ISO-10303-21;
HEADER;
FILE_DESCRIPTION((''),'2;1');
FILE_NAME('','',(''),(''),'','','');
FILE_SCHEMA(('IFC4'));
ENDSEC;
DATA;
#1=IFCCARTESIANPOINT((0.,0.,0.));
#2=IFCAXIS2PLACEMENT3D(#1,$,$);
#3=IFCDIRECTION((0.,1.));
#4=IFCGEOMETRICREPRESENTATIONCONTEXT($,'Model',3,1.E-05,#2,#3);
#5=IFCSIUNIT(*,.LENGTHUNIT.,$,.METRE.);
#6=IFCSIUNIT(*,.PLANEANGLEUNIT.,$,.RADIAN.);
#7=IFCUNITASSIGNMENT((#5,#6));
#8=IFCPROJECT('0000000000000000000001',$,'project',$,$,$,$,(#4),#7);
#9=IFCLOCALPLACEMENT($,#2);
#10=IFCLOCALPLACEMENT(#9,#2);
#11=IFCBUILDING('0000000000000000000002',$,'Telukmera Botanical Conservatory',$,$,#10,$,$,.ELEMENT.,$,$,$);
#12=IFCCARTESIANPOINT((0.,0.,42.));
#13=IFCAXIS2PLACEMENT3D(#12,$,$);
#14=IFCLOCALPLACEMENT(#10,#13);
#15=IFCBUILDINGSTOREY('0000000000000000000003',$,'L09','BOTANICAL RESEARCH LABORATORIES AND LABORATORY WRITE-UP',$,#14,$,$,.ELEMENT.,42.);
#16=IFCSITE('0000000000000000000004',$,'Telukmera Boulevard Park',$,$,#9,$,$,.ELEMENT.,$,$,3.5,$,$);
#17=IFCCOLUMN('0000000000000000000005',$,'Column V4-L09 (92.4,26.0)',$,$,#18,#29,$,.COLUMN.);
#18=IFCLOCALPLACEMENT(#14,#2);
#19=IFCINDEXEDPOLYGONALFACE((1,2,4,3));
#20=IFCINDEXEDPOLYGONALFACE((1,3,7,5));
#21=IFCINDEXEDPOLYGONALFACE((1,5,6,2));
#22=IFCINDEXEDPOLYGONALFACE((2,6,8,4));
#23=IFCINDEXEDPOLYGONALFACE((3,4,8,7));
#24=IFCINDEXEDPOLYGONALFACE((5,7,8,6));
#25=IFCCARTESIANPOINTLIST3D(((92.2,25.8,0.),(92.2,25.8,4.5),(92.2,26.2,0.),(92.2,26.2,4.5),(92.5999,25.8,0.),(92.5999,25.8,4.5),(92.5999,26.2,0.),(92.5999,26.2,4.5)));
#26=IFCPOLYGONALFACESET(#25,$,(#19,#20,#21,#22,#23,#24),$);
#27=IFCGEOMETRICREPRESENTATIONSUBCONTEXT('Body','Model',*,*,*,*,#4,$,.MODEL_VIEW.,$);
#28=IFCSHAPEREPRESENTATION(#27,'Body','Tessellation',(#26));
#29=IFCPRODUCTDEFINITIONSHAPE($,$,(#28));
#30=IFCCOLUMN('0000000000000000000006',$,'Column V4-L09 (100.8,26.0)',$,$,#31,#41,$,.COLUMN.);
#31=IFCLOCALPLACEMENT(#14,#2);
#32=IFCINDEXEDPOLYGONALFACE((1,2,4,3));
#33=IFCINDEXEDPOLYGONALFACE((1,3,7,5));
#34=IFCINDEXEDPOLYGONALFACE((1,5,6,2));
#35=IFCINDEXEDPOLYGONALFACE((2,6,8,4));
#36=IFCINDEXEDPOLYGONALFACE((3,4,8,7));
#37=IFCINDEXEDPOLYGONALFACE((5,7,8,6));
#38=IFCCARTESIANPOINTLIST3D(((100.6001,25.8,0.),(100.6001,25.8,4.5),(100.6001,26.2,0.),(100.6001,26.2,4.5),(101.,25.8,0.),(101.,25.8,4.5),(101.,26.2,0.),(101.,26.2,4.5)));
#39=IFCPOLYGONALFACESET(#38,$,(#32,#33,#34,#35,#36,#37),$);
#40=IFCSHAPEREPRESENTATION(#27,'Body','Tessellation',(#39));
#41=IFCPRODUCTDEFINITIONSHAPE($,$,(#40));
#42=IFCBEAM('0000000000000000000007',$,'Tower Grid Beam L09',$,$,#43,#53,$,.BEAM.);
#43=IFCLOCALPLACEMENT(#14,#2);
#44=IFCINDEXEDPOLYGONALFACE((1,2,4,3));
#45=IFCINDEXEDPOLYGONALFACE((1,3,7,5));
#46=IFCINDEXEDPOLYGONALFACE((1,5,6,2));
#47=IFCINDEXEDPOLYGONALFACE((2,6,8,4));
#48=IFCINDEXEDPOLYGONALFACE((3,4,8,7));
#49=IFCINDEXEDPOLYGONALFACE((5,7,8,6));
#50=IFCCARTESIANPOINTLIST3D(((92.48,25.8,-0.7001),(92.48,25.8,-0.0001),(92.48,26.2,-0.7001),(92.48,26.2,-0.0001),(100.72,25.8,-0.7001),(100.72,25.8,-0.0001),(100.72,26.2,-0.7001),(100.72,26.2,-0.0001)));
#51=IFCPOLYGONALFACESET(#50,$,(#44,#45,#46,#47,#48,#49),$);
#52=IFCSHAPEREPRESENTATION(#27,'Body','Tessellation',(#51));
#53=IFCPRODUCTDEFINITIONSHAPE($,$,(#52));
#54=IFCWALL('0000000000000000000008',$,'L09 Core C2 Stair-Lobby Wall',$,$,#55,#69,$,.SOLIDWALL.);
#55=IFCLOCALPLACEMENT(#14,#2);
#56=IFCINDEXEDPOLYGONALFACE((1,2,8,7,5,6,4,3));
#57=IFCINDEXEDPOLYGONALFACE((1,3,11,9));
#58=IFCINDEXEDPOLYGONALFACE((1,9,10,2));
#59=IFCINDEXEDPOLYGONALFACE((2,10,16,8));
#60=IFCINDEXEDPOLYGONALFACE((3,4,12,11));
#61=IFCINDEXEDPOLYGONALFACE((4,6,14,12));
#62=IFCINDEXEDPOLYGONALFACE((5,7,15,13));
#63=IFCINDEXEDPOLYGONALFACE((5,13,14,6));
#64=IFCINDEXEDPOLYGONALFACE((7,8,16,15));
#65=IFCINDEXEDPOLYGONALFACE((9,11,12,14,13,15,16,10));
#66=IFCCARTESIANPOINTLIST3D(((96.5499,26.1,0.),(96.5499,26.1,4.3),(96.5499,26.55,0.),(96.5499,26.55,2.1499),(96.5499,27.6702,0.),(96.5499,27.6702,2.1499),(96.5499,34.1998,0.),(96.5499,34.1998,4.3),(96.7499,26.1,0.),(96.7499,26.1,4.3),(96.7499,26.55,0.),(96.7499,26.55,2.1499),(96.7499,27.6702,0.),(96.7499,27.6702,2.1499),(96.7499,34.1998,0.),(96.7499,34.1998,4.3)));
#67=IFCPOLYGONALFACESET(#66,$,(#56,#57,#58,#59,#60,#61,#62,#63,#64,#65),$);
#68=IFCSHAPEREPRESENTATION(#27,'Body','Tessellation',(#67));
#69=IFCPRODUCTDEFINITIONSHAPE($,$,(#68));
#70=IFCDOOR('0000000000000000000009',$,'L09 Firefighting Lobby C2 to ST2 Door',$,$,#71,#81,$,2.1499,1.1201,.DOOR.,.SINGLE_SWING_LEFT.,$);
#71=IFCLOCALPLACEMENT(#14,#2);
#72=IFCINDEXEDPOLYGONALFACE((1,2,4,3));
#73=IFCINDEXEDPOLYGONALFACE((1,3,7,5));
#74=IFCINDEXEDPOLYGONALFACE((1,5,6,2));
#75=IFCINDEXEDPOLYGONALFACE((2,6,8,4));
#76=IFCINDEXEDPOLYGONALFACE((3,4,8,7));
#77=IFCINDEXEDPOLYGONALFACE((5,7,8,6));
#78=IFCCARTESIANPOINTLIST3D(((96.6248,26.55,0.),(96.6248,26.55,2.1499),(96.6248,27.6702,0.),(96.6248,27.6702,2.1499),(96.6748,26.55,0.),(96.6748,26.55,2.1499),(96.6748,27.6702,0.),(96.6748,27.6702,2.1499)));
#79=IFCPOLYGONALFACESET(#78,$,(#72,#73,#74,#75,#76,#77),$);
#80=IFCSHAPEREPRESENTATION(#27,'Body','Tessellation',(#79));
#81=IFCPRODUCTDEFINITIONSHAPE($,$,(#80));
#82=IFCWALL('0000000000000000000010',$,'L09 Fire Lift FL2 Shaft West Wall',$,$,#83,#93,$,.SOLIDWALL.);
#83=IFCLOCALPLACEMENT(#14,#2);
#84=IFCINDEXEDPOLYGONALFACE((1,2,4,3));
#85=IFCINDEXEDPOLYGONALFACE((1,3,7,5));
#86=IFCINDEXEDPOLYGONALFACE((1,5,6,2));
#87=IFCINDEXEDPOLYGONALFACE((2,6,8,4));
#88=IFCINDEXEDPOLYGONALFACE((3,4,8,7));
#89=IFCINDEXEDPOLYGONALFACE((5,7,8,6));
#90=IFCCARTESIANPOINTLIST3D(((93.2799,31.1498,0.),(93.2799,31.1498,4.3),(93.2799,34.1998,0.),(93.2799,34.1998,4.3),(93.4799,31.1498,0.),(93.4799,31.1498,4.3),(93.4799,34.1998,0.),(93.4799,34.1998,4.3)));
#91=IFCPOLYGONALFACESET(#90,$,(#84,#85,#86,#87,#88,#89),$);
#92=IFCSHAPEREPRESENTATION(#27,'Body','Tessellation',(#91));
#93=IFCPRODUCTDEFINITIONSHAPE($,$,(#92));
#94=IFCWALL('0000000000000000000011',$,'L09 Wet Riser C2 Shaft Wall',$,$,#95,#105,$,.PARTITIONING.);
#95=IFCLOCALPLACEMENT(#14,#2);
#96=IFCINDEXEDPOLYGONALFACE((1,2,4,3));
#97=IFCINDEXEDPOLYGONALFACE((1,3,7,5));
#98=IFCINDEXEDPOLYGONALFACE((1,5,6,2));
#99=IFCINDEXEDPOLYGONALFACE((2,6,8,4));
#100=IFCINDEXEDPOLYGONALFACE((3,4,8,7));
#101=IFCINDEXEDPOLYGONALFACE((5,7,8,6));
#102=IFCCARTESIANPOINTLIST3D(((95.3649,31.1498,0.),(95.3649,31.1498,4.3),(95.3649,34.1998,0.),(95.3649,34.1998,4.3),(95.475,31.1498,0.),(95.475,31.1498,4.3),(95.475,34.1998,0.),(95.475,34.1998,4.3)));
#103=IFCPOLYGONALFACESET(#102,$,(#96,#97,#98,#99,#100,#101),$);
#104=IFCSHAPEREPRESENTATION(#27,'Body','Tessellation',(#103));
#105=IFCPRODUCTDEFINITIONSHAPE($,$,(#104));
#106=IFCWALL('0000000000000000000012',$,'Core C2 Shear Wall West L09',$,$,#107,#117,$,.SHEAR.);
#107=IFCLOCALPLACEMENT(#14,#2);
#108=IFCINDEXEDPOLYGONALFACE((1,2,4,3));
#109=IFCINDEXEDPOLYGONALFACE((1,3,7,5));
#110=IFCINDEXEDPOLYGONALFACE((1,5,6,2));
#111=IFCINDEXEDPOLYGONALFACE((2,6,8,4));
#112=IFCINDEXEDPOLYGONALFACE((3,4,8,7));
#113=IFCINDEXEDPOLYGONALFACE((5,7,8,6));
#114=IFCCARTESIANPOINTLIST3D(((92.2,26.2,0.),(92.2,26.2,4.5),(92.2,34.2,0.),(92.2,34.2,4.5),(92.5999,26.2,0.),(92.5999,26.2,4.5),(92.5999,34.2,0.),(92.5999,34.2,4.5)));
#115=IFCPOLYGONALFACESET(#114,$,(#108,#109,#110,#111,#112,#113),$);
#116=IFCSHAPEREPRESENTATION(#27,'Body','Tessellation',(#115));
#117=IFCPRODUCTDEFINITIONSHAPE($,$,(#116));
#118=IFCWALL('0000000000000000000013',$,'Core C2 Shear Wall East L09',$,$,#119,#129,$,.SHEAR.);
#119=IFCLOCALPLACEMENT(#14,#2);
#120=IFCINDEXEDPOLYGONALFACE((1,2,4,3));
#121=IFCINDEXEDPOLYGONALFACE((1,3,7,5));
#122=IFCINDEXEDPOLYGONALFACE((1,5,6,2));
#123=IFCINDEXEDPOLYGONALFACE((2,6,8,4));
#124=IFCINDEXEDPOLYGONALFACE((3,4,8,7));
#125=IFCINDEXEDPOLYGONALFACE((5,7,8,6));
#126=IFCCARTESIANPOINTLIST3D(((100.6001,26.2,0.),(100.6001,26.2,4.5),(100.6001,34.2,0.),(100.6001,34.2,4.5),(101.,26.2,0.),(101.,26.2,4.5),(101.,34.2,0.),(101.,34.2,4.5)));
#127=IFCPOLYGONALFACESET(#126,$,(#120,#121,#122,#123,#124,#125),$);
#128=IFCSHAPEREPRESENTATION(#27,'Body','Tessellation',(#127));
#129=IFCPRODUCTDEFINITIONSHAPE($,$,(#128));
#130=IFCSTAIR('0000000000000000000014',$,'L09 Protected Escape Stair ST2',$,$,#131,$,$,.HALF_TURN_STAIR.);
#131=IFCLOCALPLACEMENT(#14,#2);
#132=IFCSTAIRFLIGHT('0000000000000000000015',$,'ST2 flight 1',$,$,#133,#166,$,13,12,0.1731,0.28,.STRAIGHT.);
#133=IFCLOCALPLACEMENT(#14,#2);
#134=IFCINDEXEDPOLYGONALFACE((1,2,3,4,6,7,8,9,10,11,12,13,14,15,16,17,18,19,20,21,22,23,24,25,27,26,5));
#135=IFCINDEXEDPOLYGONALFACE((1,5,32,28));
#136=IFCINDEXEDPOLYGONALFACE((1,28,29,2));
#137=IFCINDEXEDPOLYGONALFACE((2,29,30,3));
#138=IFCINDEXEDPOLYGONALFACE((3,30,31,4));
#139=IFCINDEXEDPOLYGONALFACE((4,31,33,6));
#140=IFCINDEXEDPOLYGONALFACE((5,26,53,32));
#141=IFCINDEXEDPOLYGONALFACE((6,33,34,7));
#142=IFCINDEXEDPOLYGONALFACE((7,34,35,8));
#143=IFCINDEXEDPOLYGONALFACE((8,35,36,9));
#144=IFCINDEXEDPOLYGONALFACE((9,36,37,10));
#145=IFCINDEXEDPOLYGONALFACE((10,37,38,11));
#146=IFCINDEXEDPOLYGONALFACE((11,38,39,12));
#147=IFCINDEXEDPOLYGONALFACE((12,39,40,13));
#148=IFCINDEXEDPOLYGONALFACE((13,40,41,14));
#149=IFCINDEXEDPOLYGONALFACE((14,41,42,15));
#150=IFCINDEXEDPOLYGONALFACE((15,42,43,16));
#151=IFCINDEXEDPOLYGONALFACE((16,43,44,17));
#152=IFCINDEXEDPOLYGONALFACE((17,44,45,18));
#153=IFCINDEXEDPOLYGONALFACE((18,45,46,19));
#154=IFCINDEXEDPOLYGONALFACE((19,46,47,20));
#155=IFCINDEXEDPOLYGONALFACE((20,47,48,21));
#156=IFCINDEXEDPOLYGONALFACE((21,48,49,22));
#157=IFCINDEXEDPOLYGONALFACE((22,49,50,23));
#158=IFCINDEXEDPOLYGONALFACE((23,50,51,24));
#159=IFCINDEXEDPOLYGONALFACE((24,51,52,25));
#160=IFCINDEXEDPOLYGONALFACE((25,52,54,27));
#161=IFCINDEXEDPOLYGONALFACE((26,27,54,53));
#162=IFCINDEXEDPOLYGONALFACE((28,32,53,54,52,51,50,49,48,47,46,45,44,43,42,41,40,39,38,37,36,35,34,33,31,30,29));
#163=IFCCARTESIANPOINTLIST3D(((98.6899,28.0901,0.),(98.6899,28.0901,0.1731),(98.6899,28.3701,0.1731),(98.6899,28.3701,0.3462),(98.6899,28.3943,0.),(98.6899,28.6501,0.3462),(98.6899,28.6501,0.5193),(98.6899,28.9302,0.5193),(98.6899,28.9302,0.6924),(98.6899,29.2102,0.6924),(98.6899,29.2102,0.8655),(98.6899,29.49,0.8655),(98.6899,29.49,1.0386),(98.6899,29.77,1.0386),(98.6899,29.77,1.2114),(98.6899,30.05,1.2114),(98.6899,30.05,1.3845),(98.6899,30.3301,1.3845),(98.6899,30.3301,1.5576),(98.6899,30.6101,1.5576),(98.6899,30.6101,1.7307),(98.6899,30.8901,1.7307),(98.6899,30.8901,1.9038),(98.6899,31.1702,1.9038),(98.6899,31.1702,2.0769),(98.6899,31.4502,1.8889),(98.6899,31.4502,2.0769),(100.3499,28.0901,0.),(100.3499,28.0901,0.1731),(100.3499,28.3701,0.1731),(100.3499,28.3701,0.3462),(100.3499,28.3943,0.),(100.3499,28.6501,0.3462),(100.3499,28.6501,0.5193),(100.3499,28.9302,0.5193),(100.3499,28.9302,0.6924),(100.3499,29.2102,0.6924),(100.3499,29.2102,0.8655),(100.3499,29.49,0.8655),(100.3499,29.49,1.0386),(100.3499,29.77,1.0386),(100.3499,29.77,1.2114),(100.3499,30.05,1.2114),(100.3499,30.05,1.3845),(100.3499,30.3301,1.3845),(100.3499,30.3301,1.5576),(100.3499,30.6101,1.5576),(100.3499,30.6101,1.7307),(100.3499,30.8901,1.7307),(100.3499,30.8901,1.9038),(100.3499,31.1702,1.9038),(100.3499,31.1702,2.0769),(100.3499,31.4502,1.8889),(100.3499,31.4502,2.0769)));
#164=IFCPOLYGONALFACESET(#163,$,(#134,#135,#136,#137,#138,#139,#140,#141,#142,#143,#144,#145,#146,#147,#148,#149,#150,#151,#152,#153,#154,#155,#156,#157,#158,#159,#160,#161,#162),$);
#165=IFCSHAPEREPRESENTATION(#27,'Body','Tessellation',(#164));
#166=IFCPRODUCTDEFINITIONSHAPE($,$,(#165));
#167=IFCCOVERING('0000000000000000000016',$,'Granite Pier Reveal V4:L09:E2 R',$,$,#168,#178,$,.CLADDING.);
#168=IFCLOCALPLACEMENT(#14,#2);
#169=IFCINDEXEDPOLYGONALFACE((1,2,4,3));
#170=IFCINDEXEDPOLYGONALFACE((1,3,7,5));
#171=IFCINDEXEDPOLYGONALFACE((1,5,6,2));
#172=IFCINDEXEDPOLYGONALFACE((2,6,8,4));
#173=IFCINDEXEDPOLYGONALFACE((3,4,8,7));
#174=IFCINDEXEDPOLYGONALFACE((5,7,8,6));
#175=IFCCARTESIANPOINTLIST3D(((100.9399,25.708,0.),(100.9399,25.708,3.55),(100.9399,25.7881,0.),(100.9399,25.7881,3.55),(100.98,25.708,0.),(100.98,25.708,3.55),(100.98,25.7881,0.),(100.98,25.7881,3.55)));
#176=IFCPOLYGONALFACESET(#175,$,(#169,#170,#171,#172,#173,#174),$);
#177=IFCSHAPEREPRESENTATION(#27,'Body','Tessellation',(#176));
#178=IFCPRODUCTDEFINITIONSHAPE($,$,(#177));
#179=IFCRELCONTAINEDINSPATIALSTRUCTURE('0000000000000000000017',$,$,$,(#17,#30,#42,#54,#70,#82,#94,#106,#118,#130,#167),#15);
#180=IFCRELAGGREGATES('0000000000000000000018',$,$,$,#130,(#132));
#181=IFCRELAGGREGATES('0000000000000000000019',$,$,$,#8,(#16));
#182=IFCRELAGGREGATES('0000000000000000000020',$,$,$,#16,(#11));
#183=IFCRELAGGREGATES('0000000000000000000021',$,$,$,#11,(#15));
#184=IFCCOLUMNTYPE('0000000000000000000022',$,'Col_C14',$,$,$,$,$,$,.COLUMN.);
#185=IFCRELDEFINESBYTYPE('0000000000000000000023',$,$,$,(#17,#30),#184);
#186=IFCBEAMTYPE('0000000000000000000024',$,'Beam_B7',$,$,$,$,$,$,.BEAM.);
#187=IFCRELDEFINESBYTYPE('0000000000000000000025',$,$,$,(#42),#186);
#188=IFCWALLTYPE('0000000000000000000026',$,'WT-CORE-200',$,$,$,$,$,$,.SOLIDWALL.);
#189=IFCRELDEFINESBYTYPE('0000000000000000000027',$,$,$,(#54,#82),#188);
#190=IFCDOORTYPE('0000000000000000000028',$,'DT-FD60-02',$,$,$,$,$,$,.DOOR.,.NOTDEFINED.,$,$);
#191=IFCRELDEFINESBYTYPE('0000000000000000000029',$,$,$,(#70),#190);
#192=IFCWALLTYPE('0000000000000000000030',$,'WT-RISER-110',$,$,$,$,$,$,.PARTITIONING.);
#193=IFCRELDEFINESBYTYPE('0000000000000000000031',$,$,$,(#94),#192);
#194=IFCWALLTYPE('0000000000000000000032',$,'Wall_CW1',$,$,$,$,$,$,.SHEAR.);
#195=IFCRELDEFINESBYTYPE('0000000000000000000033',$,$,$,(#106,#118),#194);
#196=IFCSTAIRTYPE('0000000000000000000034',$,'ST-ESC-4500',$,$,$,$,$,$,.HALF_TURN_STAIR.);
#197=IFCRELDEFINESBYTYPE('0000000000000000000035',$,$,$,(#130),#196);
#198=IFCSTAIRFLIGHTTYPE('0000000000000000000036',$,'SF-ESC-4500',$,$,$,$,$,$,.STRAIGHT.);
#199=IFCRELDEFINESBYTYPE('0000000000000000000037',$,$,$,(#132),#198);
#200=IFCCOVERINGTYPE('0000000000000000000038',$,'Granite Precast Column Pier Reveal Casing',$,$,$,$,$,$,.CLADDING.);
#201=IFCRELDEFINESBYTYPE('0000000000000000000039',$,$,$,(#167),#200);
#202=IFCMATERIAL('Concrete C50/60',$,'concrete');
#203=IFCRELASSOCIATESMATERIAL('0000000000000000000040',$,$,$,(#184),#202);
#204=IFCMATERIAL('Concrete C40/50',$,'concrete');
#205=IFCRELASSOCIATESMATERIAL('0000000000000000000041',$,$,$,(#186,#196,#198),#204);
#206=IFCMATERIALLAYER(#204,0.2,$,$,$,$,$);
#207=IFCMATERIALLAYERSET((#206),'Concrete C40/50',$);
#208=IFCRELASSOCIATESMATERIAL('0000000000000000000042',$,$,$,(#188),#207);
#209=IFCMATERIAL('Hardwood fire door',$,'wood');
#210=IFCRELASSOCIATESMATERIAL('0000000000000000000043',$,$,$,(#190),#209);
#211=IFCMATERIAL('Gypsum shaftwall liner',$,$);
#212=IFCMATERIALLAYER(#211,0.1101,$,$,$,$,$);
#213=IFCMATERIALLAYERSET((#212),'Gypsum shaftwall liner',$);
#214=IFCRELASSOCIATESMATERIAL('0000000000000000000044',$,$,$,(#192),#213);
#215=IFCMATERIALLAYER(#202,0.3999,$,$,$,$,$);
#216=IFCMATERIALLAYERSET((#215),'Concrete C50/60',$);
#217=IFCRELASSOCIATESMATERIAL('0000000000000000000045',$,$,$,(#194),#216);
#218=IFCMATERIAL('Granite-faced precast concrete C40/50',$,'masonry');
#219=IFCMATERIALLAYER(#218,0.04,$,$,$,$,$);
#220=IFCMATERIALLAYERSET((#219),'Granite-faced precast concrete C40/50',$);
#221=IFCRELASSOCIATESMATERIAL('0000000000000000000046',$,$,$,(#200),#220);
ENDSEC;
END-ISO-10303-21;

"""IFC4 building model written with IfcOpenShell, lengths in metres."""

from ifc_helpers import new_model, si_unit, direction, frame, frame_2d, origin, origin_2d, place, context, subcontext, project, spatial, polyline, rectangle, outline, extrude, material, layer, layer_set, material_profile, profile_set, type_object, element, fill, aggregate, save


model = new_model("IFC4")

# Units and contexts
model_context = context("Model", 3, precision=1e-05, world=origin(), true_north=direction((0.0, 1.0)))
body_context = subcontext(model_context, "Body", "Model", "MODEL_VIEW")
ifc_project = project(units=[si_unit("LENGTHUNIT", "METRE"), si_unit("PLANEANGLEUNIT", "RADIAN")], contexts=[model_context])

# Site, building, storey
site_placement = place(None, origin())
site = spatial("IfcSite", under=ifc_project, at=site_placement, Name="Telukmera Boulevard Park", CompositionType="ELEMENT", RefElevation=3.5)
building_placement = place(site_placement, origin())
building = spatial("IfcBuilding", under=site, at=building_placement, Name="Telukmera Botanical Conservatory", CompositionType="ELEMENT")
storey_placement = place(building_placement, frame((0.0, 0.0, 42.0)))
storey = spatial("IfcBuildingStorey", under=building, at=storey_placement, Name="L09", Description="BOTANICAL RESEARCH LABORATORIES AND LABORATORY WRITE-UP", CompositionType="ELEMENT", Elevation=42.0)

# Columns
ifc_material_1 = material(Name="Concrete C50/60", Category="concrete")
ifc_material_profile_1 = material_profile(ifc_material_1, rectangle(XDim=0.3999, YDim=0.3999, at=origin_2d()), Name="RC 400x400")
ifc_profile_set_1 = profile_set([ifc_material_profile_1], Name="Concrete C50/60")
column_type = type_object("IfcColumnType", Name="Col_C14", PredefinedType="COLUMN", material=ifc_profile_set_1)
for number, where, z_axis, x_axis, name in (
    (1, (92.3999, 26.0, 0.0), (0.0, 0.0, 1.0), (1.0, 0.0, 0.0), "Column V4-L09 (92.4,26.0)"),
    (2, (100.8, 26.0, 0.0), (0.0, 0.0, 1.0), (1.0, 0.0, 0.0), "Column V4-L09 (100.8,26.0)"),
):
    element("IfcColumn", number, at=place(storey_placement, frame(where, z_axis=z_axis, x_axis=x_axis)), inside=storey, type_object=column_type, Name=name, PredefinedType="COLUMN", context=body_context, shape_type="SweptSolid", body=[
        extrude(rectangle(XDim=0.3999, YDim=0.3999, at=origin_2d()), origin(), (0.0, 0.0, 1.0), 4.5),
    ])

# Beam
ifc_material_2 = material(Name="Concrete C40/50", Category="concrete")
ifc_material_profile_2 = material_profile(ifc_material_2, rectangle(XDim=0.3999, YDim=0.7, at=origin_2d()), Name="RC 400x700")
ifc_profile_set_2 = profile_set([ifc_material_profile_2], Name="Concrete C40/50")
beam_type = type_object("IfcBeamType", Name="Beam_B7", PredefinedType="BEAM", material=ifc_profile_set_2)
beam_placement = place(storey_placement, frame((92.48, 26.0, -0.3501), z_axis=(1.0, 0.0, 0.0), x_axis=(0.0, 1.0, 0.0)))
element("IfcBeam", 3, at=beam_placement, inside=storey, type_object=beam_type, Name="Tower Grid Beam L09", PredefinedType="BEAM", context=body_context, shape_type="SweptSolid", body=[
    extrude(rectangle(XDim=0.3999, YDim=0.7, at=origin_2d()), origin(), (0.0, 0.0, 1.0), 8.24),
])

# Shared definitions
ifc_layer_1 = layer(ifc_material_2, 0.2)
ifc_layer_set_1 = layer_set([ifc_layer_1], Name="Concrete C40/50")
wall_type_1 = type_object("IfcWallType", Name="WT-CORE-200", PredefinedType="SOLIDWALL", material=ifc_layer_set_1)
ifc_material_3 = material(Name="Hardwood fire door", Category="wood")

# Wall, opening, door
wall_1_placement = place(storey_placement, frame((96.6499, 26.1001, 0.0), z_axis=(0.0, 0.0, 1.0), x_axis=(0.0, 1.0, 0.0)))
wall_1 = element("IfcWall", 4, at=wall_1_placement, inside=storey, type_object=wall_type_1, Name="L09 Core C2 Stair-Lobby Wall", PredefinedType="SOLIDWALL", context=body_context, shape_type="SweptSolid", body=[
    extrude(rectangle(XDim=8.0999, YDim=0.2, at=frame_2d((4.0498, 0.0))), origin(), (0.0, 0.0, 1.0), 4.3),
])
opening_1_placement = place(wall_1_placement, frame((0.45, 0.0, 0.0)))
opening_1 = element("IfcOpeningElement", 5, at=opening_1_placement, cuts=wall_1, PredefinedType="OPENING", context=body_context, shape_type="SweptSolid", body=[
    extrude(rectangle(XDim=1.1201, YDim=2.1499, at=frame_2d((0.5601, 1.075))), frame((0.0, 0.1099, 0.0), z_axis=(0.0, -1.0, 0.0), x_axis=(1.0, 0.0, 0.0)), (0.0, 0.0, 1.0), 0.22),
])
door_type_1 = type_object("IfcDoorType", Name="DT-FD60-02", OperationType="NOTDEFINED", PredefinedType="DOOR", material=ifc_material_3)
door_1_placement = place(opening_1_placement, frame((1.1201, 0.0, 0.0), z_axis=(0.0, 0.0, 1.0), x_axis=(-1.0, 0.0, 0.0)))
door_1 = element("IfcDoor", 6, at=door_1_placement, inside=storey, type_object=door_type_1, Name="L09 Firefighting Lobby C2 to ST2 Door", OperationType="SINGLE_SWING_LEFT", OverallHeight=2.1499, OverallWidth=1.1201, PredefinedType="DOOR", context=body_context, shape_type="SweptSolid", body=[
    extrude(rectangle(XDim=1.1201, YDim=2.1499, at=frame_2d((0.5601, 1.075))), frame((0.0, 0.0249, 0.0), z_axis=(0.0, -1.0, 0.0), x_axis=(1.0, 0.0, 0.0)), (0.0, 0.0, 1.0), 0.05),
])
fill(opening_1, door_1)

# Walls
wall_2_placement = place(storey_placement, frame((93.3799, 31.1499, 0.0), z_axis=(0.0, 0.0, 1.0), x_axis=(0.0, 1.0, 0.0)))
element("IfcWall", 7, at=wall_2_placement, inside=storey, type_object=wall_type_1, Name="L09 Fire Lift FL2 Shaft West Wall", PredefinedType="SOLIDWALL", context=body_context, shape_type="SweptSolid", body=[
    extrude(rectangle(XDim=3.05, YDim=0.2, at=frame_2d((1.5249, 0.0))), origin(), (0.0, 0.0, 1.0), 4.3),
])
ifc_material_4 = material(Name="Gypsum shaftwall liner")
ifc_layer_2 = layer(ifc_material_4, 0.1101)
ifc_layer_set_2 = layer_set([ifc_layer_2], Name="Gypsum shaftwall liner")
wall_type_2 = type_object("IfcWallType", Name="WT-RISER-110", PredefinedType="PARTITIONING", material=ifc_layer_set_2)
wall_3_placement = place(storey_placement, frame((95.4199, 31.1499, 0.0), z_axis=(0.0, 0.0, 1.0), x_axis=(0.0, 1.0, 0.0)))
element("IfcWall", 8, at=wall_3_placement, inside=storey, type_object=wall_type_2, Name="L09 Wet Riser C2 Shaft Wall", PredefinedType="PARTITIONING", context=body_context, shape_type="SweptSolid", body=[
    extrude(rectangle(XDim=3.05, YDim=0.1101, at=frame_2d((1.5249, 0.0))), origin(), (0.0, 0.0, 1.0), 4.3),
])
ifc_layer_3 = layer(ifc_material_1, 0.3999)
ifc_layer_set_3 = layer_set([ifc_layer_3], Name="Concrete C50/60")
wall_type_3 = type_object("IfcWallType", Name="Wall_CW1", PredefinedType="SHEAR", material=ifc_layer_set_3)
for number, where, z_axis, x_axis, name in (
    (9, (92.3999, 26.2, 0.0), (0.0, 0.0, 1.0), (0.0, 1.0, 0.0), "Core C2 Shear Wall West L09"),
    (10, (100.8, 26.2, 0.0), (0.0, 0.0, 1.0), (0.0, 1.0, 0.0), "Core C2 Shear Wall East L09"),
):
    element("IfcWall", number, at=place(storey_placement, frame(where, z_axis=z_axis, x_axis=x_axis)), inside=storey, type_object=wall_type_3, Name=name, PredefinedType="SHEAR", context=body_context, shape_type="SweptSolid", body=[
        extrude(rectangle(XDim=8.0, YDim=0.3999, at=frame_2d((4.0, 0.0))), origin(), (0.0, 0.0, 1.0), 4.5),
    ])

# Stair, stair flight
stair_type = type_object("IfcStairType", Name="ST-ESC-4500", PredefinedType="HALF_TURN_STAIR", material=ifc_material_2)
stair_placement = place(storey_placement, origin())
stair = element("IfcStair", 11, at=stair_placement, inside=storey, type_object=stair_type, Name="L09 Protected Escape Stair ST2", PredefinedType="HALF_TURN_STAIR")
stair_flight_type = type_object("IfcStairFlightType", Name="SF-ESC-4500", PredefinedType="STRAIGHT", material=ifc_material_2)
stair_flight_placement = place(storey_placement, frame((99.52, 28.0901, 0.0), z_axis=(0.0, 0.0, 1.0), x_axis=(0.0, 1.0, 0.0)))
stair_flight = element("IfcStairFlight", 12, at=stair_flight_placement, type_object=stair_flight_type, Name="ST2 flight 1", NumberOfRisers=13, NumberOfTreads=12, PredefinedType="STRAIGHT", RiserHeight=0.1731, TreadLength=0.28, context=body_context, shape_type="SweptSolid", body=[
    extrude(outline(polyline([(0.0, 0.0), (0.0, 0.1731), (0.28, 0.1731), (0.28, 0.3462), (0.5601, 0.3462), (0.5601, 0.5193), (0.8401, 0.5193), (0.8401, 0.6924), (1.1201, 0.6924), (1.1201, 0.8655), (1.3999, 0.8655), (1.3999, 1.0386), (1.6799, 1.0386), (1.6799, 1.2114), (1.96, 1.2114), (1.96, 1.3845), (2.24, 1.3845), (2.24, 1.5576), (2.52, 1.5576), (2.52, 1.7307), (2.8, 1.7307), (2.8, 1.9038), (3.0801, 1.9038), (3.0801, 2.0769), (3.3601, 2.0769), (3.3601, 2.25), (3.3601, 1.8889), (0.3042, 0.0), (0.0, 0.0)])), frame((0.0, 0.8301, 0.0), z_axis=(0.0, -1.0, 0.0), x_axis=(1.0, 0.0, 0.0)), (0.0, 0.0, 1.0), 1.6599),
])
aggregate(stair, [stair_flight])

# Covering
ifc_material_5 = material(Name="Granite-faced precast concrete C40/50", Category="masonry")
ifc_layer_4 = layer(ifc_material_5, 0.04)
ifc_layer_set_4 = layer_set([ifc_layer_4], Name="Granite-faced precast concrete C40/50")
covering_type_1 = type_object("IfcCoveringType", Name="Granite Precast Column Pier Reveal Casing", PredefinedType="CLADDING", material=ifc_layer_set_4)
covering_1_placement = place(storey_placement, frame((100.96, 25.748, 0.0), z_axis=(0.0, 0.0, 1.0), x_axis=(0.0, 1.0, 0.0)))
element("IfcCovering", 13, at=covering_1_placement, inside=storey, type_object=covering_type_1, Name="Granite Pier Reveal V4:L09:E2 R", PredefinedType="CLADDING", context=body_context, shape_type="SweptSolid", body=[
    extrude(rectangle(XDim=0.0801, YDim=0.04, at=origin_2d()), origin(), (0.0, 0.0, 1.0), 3.55),
])

save(model, "model.ifc")
